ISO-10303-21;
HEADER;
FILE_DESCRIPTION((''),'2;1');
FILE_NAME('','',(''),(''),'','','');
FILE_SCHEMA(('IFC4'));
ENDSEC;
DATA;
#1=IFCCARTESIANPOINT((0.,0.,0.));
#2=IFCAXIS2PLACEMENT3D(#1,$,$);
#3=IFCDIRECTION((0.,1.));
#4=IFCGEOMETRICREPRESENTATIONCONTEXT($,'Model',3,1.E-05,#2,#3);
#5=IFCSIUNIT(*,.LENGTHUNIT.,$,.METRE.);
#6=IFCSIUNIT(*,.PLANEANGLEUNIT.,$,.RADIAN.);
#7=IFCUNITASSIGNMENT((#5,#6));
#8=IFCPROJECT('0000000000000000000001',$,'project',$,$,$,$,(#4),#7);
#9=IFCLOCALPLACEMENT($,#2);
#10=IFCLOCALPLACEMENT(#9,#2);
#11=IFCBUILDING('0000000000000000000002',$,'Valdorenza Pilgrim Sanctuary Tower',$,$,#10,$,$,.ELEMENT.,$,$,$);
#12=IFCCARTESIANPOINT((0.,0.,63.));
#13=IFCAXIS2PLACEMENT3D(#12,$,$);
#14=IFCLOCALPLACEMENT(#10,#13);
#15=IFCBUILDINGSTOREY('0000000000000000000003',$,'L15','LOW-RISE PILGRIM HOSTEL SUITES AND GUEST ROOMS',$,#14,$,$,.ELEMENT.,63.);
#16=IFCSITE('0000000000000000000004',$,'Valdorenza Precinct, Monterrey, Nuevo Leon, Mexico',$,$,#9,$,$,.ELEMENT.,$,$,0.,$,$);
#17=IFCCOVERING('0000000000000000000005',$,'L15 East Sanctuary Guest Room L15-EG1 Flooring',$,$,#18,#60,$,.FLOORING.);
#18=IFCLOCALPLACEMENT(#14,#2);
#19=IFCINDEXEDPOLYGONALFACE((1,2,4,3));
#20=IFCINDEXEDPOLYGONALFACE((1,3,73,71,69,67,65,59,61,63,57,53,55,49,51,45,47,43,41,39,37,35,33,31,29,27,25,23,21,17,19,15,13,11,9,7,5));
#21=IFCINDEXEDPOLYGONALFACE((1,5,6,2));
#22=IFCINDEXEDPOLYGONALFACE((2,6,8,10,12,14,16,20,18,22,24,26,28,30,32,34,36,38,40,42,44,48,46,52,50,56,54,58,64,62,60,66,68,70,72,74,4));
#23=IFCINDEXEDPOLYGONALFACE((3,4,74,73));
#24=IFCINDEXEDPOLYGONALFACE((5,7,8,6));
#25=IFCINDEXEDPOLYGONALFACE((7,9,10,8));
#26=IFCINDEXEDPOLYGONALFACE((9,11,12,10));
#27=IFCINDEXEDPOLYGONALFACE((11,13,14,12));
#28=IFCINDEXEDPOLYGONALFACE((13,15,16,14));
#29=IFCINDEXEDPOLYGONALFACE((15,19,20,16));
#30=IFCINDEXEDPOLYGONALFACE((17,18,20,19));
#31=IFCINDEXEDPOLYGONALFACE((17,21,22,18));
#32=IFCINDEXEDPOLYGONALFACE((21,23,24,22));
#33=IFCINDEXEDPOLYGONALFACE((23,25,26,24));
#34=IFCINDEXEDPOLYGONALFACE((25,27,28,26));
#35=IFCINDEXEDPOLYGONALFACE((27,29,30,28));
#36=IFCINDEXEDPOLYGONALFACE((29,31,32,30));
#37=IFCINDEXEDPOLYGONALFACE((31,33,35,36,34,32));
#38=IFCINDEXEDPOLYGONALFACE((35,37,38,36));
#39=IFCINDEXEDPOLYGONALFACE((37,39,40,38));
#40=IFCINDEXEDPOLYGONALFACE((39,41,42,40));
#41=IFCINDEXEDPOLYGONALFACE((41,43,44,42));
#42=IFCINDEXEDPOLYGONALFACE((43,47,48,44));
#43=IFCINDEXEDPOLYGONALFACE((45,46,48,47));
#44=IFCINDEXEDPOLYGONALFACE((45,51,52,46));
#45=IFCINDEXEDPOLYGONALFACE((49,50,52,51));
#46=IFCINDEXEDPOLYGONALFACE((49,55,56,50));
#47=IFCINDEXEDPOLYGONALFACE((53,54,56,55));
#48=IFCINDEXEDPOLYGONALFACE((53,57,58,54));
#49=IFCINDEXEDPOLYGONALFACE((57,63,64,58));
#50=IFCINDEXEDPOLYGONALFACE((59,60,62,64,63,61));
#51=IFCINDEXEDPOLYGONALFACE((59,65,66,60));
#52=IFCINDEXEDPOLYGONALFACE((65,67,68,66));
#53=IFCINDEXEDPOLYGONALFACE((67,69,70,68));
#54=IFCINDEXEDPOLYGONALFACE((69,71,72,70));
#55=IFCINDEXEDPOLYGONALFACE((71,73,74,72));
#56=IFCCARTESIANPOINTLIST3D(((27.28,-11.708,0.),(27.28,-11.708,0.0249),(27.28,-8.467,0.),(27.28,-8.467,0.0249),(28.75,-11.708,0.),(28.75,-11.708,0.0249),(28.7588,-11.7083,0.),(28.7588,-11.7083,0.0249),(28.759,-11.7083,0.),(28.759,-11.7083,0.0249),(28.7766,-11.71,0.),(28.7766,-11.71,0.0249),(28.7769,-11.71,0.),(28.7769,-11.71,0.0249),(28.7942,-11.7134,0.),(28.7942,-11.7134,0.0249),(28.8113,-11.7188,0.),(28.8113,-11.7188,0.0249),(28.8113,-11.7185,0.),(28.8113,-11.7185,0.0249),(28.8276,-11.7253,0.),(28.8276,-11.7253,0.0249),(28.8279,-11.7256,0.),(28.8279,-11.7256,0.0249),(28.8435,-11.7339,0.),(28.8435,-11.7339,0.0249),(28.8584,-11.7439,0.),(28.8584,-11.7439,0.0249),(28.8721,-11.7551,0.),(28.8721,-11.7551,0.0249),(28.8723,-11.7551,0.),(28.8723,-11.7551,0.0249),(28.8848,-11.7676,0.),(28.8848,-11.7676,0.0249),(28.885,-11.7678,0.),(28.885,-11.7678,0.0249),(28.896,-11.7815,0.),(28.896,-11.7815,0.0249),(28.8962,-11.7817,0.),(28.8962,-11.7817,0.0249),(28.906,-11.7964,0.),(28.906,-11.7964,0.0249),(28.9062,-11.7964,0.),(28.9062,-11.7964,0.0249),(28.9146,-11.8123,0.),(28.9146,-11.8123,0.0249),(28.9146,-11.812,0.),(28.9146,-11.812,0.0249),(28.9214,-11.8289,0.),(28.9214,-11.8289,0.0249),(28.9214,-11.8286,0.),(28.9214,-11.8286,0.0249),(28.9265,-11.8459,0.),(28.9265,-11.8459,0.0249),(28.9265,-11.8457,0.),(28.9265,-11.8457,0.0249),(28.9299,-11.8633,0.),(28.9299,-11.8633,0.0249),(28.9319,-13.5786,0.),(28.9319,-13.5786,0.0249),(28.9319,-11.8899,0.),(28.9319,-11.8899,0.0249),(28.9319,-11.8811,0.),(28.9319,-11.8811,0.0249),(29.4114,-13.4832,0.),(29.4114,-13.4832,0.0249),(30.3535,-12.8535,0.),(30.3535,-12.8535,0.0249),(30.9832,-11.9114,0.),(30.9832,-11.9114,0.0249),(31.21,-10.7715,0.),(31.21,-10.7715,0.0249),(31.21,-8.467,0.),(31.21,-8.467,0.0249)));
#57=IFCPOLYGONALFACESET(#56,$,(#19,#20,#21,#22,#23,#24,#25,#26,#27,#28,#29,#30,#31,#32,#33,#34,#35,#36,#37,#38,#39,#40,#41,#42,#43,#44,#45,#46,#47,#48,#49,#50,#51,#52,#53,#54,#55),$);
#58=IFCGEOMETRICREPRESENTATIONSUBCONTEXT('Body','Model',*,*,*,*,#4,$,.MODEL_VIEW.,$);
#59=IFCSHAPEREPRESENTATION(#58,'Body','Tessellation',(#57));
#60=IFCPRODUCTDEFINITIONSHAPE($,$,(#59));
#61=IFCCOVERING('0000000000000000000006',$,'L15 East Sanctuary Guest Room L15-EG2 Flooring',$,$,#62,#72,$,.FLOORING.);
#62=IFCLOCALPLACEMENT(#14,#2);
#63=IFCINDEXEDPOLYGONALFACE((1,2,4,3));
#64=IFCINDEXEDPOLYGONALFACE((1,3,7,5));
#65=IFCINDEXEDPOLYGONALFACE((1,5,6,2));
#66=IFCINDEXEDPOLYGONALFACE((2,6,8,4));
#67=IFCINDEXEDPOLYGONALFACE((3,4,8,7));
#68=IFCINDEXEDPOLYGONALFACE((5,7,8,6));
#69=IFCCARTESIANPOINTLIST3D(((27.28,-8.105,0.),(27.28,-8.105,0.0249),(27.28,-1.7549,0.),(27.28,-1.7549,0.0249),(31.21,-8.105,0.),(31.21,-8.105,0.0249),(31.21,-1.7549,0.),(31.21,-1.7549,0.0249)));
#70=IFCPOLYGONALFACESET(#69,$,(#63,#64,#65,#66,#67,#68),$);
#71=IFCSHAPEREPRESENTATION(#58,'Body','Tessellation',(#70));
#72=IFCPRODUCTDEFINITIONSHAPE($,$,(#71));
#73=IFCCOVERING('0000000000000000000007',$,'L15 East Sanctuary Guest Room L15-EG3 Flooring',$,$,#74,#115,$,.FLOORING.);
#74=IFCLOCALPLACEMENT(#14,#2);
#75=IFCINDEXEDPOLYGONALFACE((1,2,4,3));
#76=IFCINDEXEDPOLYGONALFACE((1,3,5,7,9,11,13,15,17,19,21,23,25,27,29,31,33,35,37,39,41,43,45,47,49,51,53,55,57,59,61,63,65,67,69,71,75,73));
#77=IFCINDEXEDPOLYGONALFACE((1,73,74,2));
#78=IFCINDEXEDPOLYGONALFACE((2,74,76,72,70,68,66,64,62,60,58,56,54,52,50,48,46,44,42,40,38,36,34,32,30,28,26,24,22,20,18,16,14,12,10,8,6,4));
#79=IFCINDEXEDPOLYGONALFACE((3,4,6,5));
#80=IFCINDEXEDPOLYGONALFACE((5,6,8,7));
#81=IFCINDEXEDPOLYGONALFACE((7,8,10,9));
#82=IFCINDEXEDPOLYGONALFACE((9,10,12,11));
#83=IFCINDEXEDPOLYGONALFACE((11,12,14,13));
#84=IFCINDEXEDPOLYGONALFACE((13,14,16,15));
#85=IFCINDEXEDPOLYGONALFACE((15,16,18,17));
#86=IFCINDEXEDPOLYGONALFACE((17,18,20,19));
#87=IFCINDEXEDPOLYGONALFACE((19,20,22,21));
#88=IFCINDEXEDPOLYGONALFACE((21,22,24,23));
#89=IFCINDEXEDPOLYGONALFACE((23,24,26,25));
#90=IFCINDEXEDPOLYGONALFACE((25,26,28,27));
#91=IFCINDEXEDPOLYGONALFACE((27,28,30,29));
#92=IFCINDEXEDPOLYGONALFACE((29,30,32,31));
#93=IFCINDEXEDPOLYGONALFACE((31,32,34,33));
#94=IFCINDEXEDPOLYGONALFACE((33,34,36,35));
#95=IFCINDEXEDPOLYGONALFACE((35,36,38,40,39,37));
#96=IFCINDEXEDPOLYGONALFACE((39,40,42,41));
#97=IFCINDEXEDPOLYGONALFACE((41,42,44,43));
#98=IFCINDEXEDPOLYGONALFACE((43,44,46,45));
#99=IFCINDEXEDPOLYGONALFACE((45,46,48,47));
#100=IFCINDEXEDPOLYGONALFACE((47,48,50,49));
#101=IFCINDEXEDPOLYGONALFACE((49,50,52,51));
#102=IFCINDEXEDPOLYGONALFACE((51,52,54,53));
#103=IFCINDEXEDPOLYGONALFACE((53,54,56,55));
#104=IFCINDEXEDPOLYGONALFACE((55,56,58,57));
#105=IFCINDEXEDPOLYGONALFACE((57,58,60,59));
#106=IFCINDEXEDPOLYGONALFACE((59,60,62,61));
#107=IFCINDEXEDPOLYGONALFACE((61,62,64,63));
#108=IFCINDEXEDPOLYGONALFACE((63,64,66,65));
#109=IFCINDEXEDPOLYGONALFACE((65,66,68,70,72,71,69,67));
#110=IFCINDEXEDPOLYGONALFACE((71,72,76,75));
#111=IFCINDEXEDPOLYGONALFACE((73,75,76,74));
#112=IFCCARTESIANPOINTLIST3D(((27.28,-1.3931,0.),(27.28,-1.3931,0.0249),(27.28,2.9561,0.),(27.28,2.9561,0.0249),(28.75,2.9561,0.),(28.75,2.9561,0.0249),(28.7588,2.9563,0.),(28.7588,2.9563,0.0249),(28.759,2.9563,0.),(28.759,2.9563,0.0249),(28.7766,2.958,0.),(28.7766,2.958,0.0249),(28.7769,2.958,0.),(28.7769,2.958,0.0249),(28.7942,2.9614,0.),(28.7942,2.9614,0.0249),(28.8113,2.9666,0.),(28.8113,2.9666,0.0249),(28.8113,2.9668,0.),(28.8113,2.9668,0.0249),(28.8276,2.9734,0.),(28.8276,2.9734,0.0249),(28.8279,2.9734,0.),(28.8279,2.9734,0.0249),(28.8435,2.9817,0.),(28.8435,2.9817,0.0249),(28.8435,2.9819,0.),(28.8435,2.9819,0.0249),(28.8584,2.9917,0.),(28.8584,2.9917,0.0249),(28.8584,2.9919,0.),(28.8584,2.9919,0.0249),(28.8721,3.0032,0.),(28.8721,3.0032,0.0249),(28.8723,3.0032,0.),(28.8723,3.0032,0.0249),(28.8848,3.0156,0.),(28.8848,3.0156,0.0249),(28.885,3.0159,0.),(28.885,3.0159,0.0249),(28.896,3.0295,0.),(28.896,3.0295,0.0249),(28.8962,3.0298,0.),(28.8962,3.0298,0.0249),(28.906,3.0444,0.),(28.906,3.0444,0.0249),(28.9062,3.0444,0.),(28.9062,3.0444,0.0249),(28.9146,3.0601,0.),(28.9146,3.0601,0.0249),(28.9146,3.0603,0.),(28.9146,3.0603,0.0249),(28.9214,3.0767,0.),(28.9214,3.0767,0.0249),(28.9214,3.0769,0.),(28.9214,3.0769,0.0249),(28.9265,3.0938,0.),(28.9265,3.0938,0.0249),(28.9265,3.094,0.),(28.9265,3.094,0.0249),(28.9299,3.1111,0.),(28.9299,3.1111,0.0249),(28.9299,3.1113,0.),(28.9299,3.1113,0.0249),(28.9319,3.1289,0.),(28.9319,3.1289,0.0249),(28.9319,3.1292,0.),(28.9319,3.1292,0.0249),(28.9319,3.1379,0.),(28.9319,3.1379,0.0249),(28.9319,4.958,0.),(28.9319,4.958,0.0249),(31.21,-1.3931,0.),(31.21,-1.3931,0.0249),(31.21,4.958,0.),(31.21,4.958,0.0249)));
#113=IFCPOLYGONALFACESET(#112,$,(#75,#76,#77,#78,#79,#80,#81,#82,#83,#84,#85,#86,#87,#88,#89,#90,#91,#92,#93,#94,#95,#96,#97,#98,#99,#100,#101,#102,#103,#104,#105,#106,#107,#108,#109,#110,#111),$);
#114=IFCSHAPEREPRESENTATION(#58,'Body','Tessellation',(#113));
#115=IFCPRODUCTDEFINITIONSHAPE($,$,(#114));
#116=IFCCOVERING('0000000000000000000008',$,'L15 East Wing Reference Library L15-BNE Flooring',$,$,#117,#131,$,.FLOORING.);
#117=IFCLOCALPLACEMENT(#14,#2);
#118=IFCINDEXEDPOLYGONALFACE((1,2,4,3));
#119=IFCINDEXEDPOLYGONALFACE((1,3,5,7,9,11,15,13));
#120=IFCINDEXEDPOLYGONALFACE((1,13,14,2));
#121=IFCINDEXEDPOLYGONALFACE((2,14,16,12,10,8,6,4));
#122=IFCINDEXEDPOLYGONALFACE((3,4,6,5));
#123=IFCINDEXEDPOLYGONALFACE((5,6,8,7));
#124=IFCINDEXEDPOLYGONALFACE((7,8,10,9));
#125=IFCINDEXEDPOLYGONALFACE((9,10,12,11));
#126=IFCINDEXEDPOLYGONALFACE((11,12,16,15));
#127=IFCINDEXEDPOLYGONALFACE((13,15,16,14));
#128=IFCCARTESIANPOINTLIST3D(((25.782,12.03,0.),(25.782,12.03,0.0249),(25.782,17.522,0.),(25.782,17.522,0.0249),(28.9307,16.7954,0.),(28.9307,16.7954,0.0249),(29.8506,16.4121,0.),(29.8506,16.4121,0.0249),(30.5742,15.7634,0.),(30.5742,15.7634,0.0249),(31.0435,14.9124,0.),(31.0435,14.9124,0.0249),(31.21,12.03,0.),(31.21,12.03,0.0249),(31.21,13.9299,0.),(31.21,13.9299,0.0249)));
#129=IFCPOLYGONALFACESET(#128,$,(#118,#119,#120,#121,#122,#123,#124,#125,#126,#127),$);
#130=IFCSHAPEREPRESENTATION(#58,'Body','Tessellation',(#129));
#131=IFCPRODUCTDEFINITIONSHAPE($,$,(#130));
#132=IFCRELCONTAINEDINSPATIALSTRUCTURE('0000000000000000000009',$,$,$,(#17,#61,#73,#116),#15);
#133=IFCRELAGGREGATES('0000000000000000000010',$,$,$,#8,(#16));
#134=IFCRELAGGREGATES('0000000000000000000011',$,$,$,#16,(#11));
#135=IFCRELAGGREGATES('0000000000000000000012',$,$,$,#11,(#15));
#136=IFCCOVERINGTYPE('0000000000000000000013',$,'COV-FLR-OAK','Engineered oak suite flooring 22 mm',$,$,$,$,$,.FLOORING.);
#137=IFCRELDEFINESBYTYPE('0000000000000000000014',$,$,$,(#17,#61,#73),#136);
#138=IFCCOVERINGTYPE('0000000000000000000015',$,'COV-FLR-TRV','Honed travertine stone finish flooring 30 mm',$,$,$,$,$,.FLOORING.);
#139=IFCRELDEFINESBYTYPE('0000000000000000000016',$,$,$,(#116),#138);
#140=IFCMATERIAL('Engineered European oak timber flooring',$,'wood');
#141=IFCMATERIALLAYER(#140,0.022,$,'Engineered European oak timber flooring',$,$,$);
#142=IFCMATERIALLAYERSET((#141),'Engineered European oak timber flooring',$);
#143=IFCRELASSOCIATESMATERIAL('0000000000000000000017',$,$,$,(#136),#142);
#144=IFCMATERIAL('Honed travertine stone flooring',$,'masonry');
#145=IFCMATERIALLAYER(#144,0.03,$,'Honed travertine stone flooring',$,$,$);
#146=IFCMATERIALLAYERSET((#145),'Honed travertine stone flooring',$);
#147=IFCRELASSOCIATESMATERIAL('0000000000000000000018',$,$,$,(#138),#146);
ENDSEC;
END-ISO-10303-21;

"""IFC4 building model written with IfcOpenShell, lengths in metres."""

from ifc_helpers import new_model, si_unit, direction, frame, origin, place, context, subcontext, project, spatial, polyline, outline, extrude, material, layer, layer_set, type_object, element, save


model = new_model("IFC4")

# Units and contexts
model_context = context("Model", 3, precision=1e-05, world=origin(), true_north=direction((0.0, 1.0)))
body_context = subcontext(model_context, "Body", "Model", "MODEL_VIEW")
ifc_project = project(units=[si_unit("LENGTHUNIT", "METRE"), si_unit("PLANEANGLEUNIT", "RADIAN")], contexts=[model_context])

# Site, building, storey
site_placement = place(None, origin())
site = spatial("IfcSite", under=ifc_project, at=site_placement, Name="Valdorenza Precinct, Monterrey, Nuevo Leon, Mexico", CompositionType="ELEMENT", RefElevation=0.0)
building_placement = place(site_placement, origin())
building = spatial("IfcBuilding", under=site, at=building_placement, Name="Valdorenza Pilgrim Sanctuary Tower", CompositionType="ELEMENT")
storey_placement = place(building_placement, frame((0.0, 0.0, 63.0)))
storey = spatial("IfcBuildingStorey", under=building, at=storey_placement, Name="L15", Description="LOW-RISE PILGRIM HOSTEL SUITES AND GUEST ROOMS", CompositionType="ELEMENT", Elevation=63.0)

# Coverings
ifc_material_1 = material(Name="Engineered European oak timber flooring", Category="wood")
ifc_layer_1 = layer(ifc_material_1, 0.022, Name="Engineered European oak timber flooring")
ifc_layer_set_1 = layer_set([ifc_layer_1], Name="Engineered European oak timber flooring")
covering_type_1 = type_object("IfcCoveringType", Name="COV-FLR-OAK", Description="Engineered oak suite flooring 22 mm", PredefinedType="FLOORING", material=ifc_layer_set_1)
covering_1_placement = place(storey_placement, origin())
element("IfcCovering", 1, at=covering_1_placement, inside=storey, type_object=covering_type_1, Name="L15 East Sanctuary Guest Room L15-EG1 Flooring", PredefinedType="FLOORING", context=body_context, shape_type="SweptSolid", body=[
    extrude(outline(polyline([(31.21, -10.7715), (30.9832, -11.9114), (30.3535, -12.8535), (29.4114, -13.4832), (28.9319, -13.5786), (28.9319, -11.8899), (28.9319, -11.8811), (28.9319, -11.8811), (28.9299, -11.8633), (28.9299, -11.8633), (28.9265, -11.8459), (28.9265, -11.8457), (28.9214, -11.8289), (28.9214, -11.8286), (28.9146, -11.8123), (28.9146, -11.812), (28.9062, -11.7964), (28.906, -11.7964), (28.8962, -11.7817), (28.896, -11.7815), (28.885, -11.7678), (28.8848, -11.7676), (28.8723, -11.7551), (28.8721, -11.7551), (28.8584, -11.7439), (28.8584, -11.7439), (28.8435, -11.7339), (28.8435, -11.7339), (28.8279, -11.7256), (28.8276, -11.7253), (28.8113, -11.7188), (28.8113, -11.7185), (28.7942, -11.7134), (28.7942, -11.7134), (28.7769, -11.71), (28.7766, -11.71), (28.759, -11.7083), (28.7588, -11.7083), (28.75, -11.708), (27.28, -11.708), (27.28, -8.467), (31.21, -8.467), (31.21, -10.7715)])), origin(), (0.0, 0.0, 1.0), 0.0249),
])
covering_2_placement = place(storey_placement, origin())
element("IfcCovering", 2, at=covering_2_placement, inside=storey, type_object=covering_type_1, Name="L15 East Sanctuary Guest Room L15-EG2 Flooring", PredefinedType="FLOORING", context=body_context, shape_type="SweptSolid", body=[
    extrude(outline(polyline([(31.21, -1.7549), (31.21, -8.105), (27.28, -8.105), (27.28, -1.7549), (31.21, -1.7549)])), origin(), (0.0, 0.0, 1.0), 0.0249),
])
covering_3_placement = place(storey_placement, origin())
element("IfcCovering", 3, at=covering_3_placement, inside=storey, type_object=covering_type_1, Name="L15 East Sanctuary Guest Room L15-EG3 Flooring", PredefinedType="FLOORING", context=body_context, shape_type="SweptSolid", body=[
    extrude(outline(polyline([(27.28, 2.9561), (28.75, 2.9561), (28.7588, 2.9563), (28.759, 2.9563), (28.7766, 2.958), (28.7769, 2.958), (28.7942, 2.9614), (28.7942, 2.9614), (28.8113, 2.9666), (28.8113, 2.9668), (28.8276, 2.9734), (28.8279, 2.9734), (28.8435, 2.9817), (28.8435, 2.9819), (28.8584, 2.9917), (28.8584, 2.9919), (28.8721, 3.0032), (28.8723, 3.0032), (28.8848, 3.0156), (28.885, 3.0159), (28.896, 3.0295), (28.8962, 3.0298), (28.906, 3.0444), (28.9062, 3.0444), (28.9146, 3.0601), (28.9146, 3.0603), (28.9214, 3.0767), (28.9214, 3.0769), (28.9265, 3.0938), (28.9265, 3.094), (28.9299, 3.1111), (28.9299, 3.1113), (28.9319, 3.1289), (28.9319, 3.1292), (28.9319, 3.1379), (28.9319, 4.958), (31.21, 4.958), (31.21, -1.3931), (27.28, -1.3931), (27.28, 2.9561)])), origin(), (0.0, 0.0, 1.0), 0.0249),
])
ifc_material_2 = material(Name="Honed travertine stone flooring", Category="masonry")
ifc_layer_2 = layer(ifc_material_2, 0.03, Name="Honed travertine stone flooring")
ifc_layer_set_2 = layer_set([ifc_layer_2], Name="Honed travertine stone flooring")
covering_type_2 = type_object("IfcCoveringType", Name="COV-FLR-TRV", Description="Honed travertine stone finish flooring 30 mm", PredefinedType="FLOORING", material=ifc_layer_set_2)
covering_4_placement = place(storey_placement, origin())
element("IfcCovering", 4, at=covering_4_placement, inside=storey, type_object=covering_type_2, Name="L15 East Wing Reference Library L15-BNE Flooring", PredefinedType="FLOORING", context=body_context, shape_type="SweptSolid", body=[
    extrude(outline(polyline([(28.9307, 16.7954), (29.8506, 16.4121), (30.5742, 15.7634), (31.0435, 14.9124), (31.21, 13.9299), (31.21, 12.03), (25.782, 12.03), (25.782, 17.522), (28.9307, 16.7954)])), origin(), (0.0, 0.0, 1.0), 0.0249),
])

save(model, "model.ifc")
